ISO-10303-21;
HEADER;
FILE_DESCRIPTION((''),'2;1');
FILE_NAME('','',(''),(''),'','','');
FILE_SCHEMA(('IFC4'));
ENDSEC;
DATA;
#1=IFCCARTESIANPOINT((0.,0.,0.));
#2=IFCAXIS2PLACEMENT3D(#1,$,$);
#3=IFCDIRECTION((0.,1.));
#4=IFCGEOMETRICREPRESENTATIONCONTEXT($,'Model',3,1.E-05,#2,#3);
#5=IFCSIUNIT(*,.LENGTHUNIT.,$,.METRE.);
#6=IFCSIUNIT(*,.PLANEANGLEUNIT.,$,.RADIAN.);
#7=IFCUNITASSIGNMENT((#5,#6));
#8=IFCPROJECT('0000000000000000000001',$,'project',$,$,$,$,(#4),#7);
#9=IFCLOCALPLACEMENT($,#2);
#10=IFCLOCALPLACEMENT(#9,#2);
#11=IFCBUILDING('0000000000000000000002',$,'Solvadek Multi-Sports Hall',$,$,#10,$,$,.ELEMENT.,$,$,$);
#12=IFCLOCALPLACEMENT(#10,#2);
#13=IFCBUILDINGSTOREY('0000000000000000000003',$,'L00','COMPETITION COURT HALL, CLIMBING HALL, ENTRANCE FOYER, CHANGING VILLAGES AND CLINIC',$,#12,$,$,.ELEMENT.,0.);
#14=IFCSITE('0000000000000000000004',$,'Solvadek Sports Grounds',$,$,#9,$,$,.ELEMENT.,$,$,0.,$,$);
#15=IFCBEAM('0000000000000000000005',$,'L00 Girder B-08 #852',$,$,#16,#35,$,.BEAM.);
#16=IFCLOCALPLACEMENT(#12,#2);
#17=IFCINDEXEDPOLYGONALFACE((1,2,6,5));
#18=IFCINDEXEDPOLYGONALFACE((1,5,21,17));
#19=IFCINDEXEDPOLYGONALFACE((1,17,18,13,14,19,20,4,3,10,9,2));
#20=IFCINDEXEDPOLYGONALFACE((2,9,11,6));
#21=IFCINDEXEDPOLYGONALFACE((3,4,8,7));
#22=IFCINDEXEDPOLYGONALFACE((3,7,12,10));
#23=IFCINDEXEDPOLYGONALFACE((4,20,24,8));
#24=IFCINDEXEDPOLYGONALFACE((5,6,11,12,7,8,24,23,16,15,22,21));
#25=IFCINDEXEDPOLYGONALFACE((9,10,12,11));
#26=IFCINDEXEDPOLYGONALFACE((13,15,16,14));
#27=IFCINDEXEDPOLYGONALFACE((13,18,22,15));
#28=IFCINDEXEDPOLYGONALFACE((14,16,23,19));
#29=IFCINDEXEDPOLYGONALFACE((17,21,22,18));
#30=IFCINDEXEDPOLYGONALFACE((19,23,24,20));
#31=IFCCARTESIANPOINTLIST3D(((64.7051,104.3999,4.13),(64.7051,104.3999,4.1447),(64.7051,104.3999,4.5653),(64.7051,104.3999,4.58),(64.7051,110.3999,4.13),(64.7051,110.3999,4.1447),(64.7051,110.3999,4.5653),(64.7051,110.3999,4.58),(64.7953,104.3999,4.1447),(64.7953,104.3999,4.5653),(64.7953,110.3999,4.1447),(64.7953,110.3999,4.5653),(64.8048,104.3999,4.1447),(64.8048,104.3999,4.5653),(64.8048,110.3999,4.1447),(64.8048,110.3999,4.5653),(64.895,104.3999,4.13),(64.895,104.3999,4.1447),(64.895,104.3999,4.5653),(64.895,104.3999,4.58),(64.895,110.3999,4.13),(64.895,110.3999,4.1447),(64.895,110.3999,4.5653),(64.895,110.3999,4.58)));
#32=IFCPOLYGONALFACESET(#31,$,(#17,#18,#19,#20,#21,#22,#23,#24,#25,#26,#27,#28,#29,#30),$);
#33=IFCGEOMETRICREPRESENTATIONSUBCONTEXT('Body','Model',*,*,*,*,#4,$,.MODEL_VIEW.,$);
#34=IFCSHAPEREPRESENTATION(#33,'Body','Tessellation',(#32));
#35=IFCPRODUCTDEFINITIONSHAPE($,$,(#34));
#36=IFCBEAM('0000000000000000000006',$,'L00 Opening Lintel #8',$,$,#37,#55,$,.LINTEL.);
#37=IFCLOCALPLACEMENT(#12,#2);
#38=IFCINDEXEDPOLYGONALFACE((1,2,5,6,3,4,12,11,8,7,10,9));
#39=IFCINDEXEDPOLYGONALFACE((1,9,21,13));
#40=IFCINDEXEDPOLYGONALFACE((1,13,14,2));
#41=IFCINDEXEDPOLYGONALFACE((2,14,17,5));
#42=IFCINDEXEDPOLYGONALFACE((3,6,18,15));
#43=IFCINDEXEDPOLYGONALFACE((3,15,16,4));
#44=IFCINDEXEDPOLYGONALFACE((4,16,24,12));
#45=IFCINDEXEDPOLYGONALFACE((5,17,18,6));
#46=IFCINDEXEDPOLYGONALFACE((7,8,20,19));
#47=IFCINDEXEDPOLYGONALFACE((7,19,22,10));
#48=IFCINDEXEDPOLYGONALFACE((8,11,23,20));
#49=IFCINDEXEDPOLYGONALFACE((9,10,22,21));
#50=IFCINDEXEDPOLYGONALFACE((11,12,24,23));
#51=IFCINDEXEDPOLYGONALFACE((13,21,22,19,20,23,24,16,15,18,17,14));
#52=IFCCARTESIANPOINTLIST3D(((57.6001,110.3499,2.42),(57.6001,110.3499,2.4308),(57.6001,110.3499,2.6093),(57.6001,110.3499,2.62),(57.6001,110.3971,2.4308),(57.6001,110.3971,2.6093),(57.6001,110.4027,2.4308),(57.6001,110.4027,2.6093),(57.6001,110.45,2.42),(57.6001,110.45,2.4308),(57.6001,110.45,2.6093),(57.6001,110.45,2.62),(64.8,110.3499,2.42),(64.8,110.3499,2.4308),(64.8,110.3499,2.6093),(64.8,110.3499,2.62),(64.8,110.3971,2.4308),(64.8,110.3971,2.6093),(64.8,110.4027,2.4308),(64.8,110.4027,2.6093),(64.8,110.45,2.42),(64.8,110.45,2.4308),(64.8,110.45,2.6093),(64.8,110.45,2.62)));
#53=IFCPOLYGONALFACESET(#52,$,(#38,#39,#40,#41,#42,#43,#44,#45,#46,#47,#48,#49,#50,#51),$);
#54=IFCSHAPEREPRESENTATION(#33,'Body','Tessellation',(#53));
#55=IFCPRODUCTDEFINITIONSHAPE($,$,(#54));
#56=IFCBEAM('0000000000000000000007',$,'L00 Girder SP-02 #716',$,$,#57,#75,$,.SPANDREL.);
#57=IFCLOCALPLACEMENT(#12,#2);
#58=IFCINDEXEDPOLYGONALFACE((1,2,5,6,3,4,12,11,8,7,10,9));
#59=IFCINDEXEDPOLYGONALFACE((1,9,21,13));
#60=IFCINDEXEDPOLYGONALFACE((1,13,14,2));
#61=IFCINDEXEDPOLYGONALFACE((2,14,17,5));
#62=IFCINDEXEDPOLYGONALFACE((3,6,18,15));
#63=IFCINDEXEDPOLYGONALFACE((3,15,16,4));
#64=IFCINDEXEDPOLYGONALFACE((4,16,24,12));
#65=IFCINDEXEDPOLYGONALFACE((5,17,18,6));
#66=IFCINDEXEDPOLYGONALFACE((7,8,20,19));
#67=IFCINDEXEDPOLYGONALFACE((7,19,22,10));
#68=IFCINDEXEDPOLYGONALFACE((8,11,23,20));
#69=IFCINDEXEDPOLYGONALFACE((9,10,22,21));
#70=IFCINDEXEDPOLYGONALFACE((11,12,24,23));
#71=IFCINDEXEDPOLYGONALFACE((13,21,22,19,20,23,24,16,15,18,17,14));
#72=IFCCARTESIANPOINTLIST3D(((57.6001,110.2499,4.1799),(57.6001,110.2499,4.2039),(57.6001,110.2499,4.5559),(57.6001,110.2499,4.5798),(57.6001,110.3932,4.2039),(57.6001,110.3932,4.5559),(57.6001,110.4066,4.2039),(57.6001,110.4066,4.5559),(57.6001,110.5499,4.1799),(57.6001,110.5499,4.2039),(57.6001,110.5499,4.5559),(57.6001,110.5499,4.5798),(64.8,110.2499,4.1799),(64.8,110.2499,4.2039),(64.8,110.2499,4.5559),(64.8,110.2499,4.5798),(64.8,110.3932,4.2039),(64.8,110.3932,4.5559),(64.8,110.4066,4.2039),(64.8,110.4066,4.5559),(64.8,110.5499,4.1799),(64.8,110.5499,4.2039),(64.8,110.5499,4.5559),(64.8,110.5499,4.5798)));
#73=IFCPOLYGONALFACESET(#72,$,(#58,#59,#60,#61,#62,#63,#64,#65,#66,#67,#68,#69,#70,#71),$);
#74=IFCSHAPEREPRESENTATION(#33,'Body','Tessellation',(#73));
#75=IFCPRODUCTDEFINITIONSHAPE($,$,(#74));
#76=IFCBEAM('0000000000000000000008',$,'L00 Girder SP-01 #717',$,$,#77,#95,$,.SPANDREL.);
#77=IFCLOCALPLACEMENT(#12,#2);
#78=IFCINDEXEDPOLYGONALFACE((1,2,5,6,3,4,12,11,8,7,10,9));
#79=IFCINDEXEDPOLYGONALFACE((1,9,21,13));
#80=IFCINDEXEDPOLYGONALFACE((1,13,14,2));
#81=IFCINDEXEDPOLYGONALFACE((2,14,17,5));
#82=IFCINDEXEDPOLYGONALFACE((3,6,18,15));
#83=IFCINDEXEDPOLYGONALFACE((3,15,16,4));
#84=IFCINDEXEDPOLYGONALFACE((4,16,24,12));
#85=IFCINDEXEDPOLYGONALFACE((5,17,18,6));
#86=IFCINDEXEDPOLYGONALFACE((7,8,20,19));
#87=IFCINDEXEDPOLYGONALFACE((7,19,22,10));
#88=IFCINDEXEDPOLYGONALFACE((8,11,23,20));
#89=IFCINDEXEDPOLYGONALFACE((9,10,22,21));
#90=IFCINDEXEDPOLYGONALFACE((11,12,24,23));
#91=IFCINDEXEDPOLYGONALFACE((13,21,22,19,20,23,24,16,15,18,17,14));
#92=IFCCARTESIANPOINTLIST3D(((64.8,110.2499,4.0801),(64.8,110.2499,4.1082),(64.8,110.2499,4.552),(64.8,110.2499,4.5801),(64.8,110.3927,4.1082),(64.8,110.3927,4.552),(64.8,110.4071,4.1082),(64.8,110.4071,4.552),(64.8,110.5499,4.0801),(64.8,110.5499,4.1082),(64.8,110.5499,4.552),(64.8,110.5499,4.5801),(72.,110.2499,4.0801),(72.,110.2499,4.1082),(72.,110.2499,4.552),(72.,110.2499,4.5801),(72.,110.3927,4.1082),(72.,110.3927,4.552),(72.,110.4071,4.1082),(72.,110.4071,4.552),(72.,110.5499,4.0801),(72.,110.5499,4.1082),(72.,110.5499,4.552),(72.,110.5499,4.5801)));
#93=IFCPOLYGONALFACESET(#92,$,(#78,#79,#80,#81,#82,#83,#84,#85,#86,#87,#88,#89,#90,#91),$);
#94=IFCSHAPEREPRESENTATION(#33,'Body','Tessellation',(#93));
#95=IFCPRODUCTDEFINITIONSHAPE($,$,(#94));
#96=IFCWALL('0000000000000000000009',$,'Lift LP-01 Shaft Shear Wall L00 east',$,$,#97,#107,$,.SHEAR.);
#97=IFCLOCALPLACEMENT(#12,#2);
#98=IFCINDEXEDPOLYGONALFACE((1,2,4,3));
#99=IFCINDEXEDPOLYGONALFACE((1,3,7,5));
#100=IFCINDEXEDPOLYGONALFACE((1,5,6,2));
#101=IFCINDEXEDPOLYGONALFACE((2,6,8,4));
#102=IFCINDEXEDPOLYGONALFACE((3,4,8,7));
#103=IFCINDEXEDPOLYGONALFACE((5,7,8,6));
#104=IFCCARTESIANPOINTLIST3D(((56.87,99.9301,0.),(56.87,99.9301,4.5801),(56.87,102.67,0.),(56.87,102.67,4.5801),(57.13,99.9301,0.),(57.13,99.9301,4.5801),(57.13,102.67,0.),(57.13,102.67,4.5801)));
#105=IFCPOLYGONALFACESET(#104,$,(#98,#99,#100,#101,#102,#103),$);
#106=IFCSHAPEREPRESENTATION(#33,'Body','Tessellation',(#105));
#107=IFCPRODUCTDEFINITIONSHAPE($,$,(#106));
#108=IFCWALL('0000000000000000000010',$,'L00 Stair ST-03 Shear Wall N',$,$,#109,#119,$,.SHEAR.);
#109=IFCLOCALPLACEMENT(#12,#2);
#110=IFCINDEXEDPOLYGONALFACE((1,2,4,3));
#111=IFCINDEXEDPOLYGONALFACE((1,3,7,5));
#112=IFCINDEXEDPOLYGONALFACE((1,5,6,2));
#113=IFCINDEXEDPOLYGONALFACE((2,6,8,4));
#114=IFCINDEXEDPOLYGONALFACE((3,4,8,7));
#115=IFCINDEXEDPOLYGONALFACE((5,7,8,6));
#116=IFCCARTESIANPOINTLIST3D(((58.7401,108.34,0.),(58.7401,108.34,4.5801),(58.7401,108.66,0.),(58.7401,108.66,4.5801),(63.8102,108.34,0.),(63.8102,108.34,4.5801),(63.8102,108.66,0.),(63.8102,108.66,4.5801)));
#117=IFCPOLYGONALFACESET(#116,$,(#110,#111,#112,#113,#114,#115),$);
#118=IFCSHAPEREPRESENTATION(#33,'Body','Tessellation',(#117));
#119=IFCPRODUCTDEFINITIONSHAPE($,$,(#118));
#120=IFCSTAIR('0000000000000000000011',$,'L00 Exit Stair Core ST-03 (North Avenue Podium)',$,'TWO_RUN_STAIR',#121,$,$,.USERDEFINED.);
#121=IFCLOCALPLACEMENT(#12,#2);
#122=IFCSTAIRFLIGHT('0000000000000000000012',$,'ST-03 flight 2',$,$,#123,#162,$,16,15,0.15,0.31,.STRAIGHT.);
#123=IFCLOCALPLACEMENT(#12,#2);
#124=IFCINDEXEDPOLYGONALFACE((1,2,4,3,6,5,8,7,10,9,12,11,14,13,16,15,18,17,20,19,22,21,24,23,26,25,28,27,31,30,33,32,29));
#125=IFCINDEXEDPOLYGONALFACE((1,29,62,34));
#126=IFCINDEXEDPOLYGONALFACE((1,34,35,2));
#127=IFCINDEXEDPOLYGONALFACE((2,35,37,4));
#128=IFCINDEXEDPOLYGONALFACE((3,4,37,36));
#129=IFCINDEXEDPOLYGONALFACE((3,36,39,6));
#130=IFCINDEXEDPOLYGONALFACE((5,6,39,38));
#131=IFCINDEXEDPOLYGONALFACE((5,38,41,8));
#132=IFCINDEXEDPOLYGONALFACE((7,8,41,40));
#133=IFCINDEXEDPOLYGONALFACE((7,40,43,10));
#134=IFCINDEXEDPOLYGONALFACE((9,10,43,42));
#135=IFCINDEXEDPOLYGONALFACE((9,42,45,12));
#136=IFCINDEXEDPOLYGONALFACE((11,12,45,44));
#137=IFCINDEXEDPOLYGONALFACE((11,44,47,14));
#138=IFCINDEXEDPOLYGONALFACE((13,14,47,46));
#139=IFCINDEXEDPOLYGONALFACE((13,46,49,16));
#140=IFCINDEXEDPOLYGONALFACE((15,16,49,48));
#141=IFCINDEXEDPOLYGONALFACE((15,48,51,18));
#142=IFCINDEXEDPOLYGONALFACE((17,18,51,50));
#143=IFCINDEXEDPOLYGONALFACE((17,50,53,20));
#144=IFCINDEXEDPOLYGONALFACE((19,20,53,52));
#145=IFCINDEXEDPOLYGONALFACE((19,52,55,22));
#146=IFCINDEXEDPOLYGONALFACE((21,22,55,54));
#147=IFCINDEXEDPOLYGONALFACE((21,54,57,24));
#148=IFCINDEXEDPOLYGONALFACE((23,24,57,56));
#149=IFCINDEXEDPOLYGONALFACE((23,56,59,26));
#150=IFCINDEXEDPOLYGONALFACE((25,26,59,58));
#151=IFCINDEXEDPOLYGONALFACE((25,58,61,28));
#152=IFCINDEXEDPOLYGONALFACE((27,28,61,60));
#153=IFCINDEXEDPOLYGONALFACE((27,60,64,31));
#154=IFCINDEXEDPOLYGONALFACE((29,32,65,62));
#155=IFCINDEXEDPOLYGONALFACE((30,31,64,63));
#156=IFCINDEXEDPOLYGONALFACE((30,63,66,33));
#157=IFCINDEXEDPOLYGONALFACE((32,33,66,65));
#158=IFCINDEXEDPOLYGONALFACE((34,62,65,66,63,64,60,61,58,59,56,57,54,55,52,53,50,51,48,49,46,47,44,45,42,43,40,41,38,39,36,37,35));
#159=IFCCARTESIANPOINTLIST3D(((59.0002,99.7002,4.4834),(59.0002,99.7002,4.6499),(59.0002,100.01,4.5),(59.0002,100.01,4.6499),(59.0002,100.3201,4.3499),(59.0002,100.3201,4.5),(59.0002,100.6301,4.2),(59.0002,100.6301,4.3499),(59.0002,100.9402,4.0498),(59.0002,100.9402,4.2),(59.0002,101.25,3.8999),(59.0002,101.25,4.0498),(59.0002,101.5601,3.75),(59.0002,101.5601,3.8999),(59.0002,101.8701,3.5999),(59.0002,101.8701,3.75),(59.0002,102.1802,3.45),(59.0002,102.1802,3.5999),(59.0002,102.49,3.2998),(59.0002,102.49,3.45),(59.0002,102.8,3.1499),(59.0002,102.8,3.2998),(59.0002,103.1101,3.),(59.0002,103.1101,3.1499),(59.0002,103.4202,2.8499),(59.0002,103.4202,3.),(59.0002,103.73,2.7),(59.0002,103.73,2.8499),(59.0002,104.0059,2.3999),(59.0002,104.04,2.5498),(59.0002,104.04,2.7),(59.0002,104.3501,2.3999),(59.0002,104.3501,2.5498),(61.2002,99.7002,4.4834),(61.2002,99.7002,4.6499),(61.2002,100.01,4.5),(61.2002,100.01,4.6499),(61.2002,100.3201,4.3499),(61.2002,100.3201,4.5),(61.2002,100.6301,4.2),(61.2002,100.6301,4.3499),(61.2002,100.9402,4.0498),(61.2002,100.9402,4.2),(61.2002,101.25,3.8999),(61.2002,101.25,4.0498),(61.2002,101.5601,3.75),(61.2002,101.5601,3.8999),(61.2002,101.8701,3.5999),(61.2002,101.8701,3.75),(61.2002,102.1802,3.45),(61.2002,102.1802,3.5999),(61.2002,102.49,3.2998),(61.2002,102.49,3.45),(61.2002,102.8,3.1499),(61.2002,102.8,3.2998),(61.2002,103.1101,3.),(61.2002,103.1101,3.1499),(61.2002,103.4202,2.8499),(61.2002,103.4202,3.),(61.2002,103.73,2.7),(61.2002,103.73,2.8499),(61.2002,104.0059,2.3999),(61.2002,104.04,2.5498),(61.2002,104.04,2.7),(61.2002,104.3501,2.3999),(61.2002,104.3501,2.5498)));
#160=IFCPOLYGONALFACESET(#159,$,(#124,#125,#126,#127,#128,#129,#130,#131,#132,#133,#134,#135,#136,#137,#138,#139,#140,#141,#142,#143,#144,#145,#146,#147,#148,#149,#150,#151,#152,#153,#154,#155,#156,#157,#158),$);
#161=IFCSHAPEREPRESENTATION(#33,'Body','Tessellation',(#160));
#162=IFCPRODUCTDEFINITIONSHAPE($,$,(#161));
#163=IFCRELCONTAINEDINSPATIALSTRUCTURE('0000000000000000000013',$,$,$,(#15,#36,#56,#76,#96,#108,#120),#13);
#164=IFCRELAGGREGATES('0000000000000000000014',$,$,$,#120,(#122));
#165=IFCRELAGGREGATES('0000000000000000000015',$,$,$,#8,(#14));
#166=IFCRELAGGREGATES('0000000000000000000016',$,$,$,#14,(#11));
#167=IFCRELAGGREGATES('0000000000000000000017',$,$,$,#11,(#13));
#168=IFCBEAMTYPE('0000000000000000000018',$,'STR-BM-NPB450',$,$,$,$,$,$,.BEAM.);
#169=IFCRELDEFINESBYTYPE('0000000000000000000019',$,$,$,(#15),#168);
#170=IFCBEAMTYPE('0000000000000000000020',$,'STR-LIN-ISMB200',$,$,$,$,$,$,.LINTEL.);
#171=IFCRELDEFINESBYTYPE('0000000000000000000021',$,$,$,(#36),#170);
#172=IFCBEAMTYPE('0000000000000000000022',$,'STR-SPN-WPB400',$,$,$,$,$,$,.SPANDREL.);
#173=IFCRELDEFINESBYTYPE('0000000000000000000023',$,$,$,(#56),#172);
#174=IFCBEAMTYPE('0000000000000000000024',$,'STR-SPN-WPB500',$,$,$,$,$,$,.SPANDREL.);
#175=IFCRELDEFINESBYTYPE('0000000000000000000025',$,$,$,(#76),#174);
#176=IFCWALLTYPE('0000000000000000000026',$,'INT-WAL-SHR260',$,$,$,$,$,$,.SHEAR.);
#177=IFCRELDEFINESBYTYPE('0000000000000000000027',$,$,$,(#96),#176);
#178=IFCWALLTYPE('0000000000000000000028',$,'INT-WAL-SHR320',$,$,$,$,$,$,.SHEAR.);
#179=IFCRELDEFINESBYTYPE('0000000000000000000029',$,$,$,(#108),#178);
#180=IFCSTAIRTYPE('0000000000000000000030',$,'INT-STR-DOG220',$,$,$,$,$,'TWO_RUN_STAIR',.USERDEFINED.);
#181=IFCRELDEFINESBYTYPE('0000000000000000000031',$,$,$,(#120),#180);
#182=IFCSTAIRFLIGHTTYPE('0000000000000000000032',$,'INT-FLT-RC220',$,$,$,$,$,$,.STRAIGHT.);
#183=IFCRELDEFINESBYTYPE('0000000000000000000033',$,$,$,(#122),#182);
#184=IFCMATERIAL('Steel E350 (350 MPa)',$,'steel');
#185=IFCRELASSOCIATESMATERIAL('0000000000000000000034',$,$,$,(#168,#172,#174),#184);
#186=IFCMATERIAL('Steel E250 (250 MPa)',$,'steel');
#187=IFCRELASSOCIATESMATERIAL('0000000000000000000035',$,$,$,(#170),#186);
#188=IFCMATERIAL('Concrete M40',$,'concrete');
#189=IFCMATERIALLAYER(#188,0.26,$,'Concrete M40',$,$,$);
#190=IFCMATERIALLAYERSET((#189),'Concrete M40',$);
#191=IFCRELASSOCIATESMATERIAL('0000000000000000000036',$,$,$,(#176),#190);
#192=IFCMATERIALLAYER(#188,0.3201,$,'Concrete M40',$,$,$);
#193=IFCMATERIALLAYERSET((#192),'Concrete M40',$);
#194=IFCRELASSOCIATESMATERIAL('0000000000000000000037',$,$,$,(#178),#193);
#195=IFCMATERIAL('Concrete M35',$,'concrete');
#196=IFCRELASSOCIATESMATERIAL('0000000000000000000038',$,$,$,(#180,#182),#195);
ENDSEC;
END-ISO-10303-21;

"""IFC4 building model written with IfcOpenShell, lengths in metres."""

from ifc_helpers import new_model, si_unit, direction, frame, frame_2d, origin, origin_2d, place, context, subcontext, project, spatial, polyline, rectangle, i_section, outline, extrude, material, layer, layer_set, material_profile, profile_set, type_object, element, aggregate, save


model = new_model("IFC4")

# Units and contexts
model_context = context("Model", 3, precision=1e-05, world=origin(), true_north=direction((0.0, 1.0)))
body_context = subcontext(model_context, "Body", "Model", "MODEL_VIEW")
ifc_project = project(units=[si_unit("LENGTHUNIT", "METRE"), si_unit("PLANEANGLEUNIT", "RADIAN")], contexts=[model_context])

# Site, building, storey
site_placement = place(None, origin())
site = spatial("IfcSite", under=ifc_project, at=site_placement, Name="Solvadek Sports Grounds", CompositionType="ELEMENT", RefElevation=0.0)
building_placement = place(site_placement, origin())
building = spatial("IfcBuilding", under=site, at=building_placement, Name="Solvadek Multi-Sports Hall", CompositionType="ELEMENT")
storey_placement = place(building_placement, origin())
storey = spatial("IfcBuildingStorey", under=building, at=storey_placement, Name="L00", Description="COMPETITION COURT HALL, CLIMBING HALL, ENTRANCE FOYER, CHANGING VILLAGES AND CLINIC", CompositionType="ELEMENT", Elevation=0.0)

# Shared definitions
ifc_material_1 = material(Name="Steel E350 (350 MPa)", Category="steel")

# Beams
ifc_material_profile_1 = material_profile(ifc_material_1, i_section(OverallWidth=0.1899, OverallDepth=0.45, WebThickness=0.0095, FlangeThickness=0.0146, at=origin_2d()), Name="NPB 450")
ifc_profile_set_1 = profile_set([ifc_material_profile_1], Name="Steel E350 (350 MPa)")
beam_type_1 = type_object("IfcBeamType", Name="STR-BM-NPB450", PredefinedType="BEAM", material=ifc_profile_set_1)
for number, where, z_axis, x_axis, name in (
    (1, (64.8, 104.3999, 4.355), (0.0, 1.0, 0.0), (-1.0, 0.0, 0.0), "L00 Girder B-08 #852"),
):
    element("IfcBeam", number, at=place(storey_placement, frame(where, z_axis=z_axis, x_axis=x_axis)), inside=storey, type_object=beam_type_1, Name=name, PredefinedType="BEAM", context=body_context, shape_type="SweptSolid", body=[
        extrude(i_section(OverallWidth=0.1899, OverallDepth=0.45, WebThickness=0.0095, FlangeThickness=0.0146, at=origin_2d()), origin(), (0.0, 0.0, 1.0), 6.0),
    ])
ifc_material_2 = material(Name="Steel E250 (250 MPa)", Category="steel")
ifc_material_profile_2 = material_profile(ifc_material_2, i_section(OverallWidth=0.1001, OverallDepth=0.2, WebThickness=0.0056, FlangeThickness=0.0107, at=origin_2d()), Name="ISMB 200")
ifc_profile_set_2 = profile_set([ifc_material_profile_2], Name="Steel E250 (250 MPa)")
beam_type_2 = type_object("IfcBeamType", Name="STR-LIN-ISMB200", PredefinedType="LINTEL", material=ifc_profile_set_2)
beam_1_placement = place(storey_placement, frame((57.6001, 110.3999, 2.52), z_axis=(1.0, 0.0, 0.0), x_axis=(0.0, 1.0, 0.0)))
element("IfcBeam", 2, at=beam_1_placement, inside=storey, type_object=beam_type_2, Name="L00 Opening Lintel #8", PredefinedType="LINTEL", context=body_context, shape_type="SweptSolid", body=[
    extrude(i_section(OverallWidth=0.1001, OverallDepth=0.2, WebThickness=0.0056, FlangeThickness=0.0107, at=origin_2d()), origin(), (0.0, 0.0, 1.0), 7.2),
])
ifc_material_profile_3 = material_profile(ifc_material_1, i_section(OverallWidth=0.3, OverallDepth=0.3999, WebThickness=0.0134, FlangeThickness=0.0239, at=origin_2d()), Name="WPB 400")
ifc_profile_set_3 = profile_set([ifc_material_profile_3], Name="Steel E350 (350 MPa)")
beam_type_3 = type_object("IfcBeamType", Name="STR-SPN-WPB400", PredefinedType="SPANDREL", material=ifc_profile_set_3)
beam_2_placement = place(storey_placement, frame((57.6001, 110.3999, 4.3799), z_axis=(1.0, 0.0, 0.0), x_axis=(0.0, 1.0, 0.0)))
element("IfcBeam", 3, at=beam_2_placement, inside=storey, type_object=beam_type_3, Name="L00 Girder SP-02 #716", PredefinedType="SPANDREL", context=body_context, shape_type="SweptSolid", body=[
    extrude(i_section(OverallWidth=0.3, OverallDepth=0.3999, WebThickness=0.0134, FlangeThickness=0.0239, at=origin_2d()), origin(), (0.0, 0.0, 1.0), 7.2),
])
ifc_material_profile_4 = material_profile(ifc_material_1, i_section(OverallWidth=0.3, OverallDepth=0.5, WebThickness=0.0144, FlangeThickness=0.0281, at=origin_2d()), Name="WPB 500")
ifc_profile_set_4 = profile_set([ifc_material_profile_4], Name="Steel E350 (350 MPa)")
beam_type_4 = type_object("IfcBeamType", Name="STR-SPN-WPB500", PredefinedType="SPANDREL", material=ifc_profile_set_4)
beam_3_placement = place(storey_placement, frame((64.8, 110.3999, 4.3301), z_axis=(1.0, 0.0, 0.0), x_axis=(0.0, 1.0, 0.0)))
element("IfcBeam", 4, at=beam_3_placement, inside=storey, type_object=beam_type_4, Name="L00 Girder SP-01 #717", PredefinedType="SPANDREL", context=body_context, shape_type="SweptSolid", body=[
    extrude(i_section(OverallWidth=0.3, OverallDepth=0.5, WebThickness=0.0144, FlangeThickness=0.0281, at=origin_2d()), origin(), (0.0, 0.0, 1.0), 7.2),
])

# Walls
ifc_material_3 = material(Name="Concrete M40", Category="concrete")
ifc_layer_1 = layer(ifc_material_3, 0.26, Name="Concrete M40")
ifc_layer_set_1 = layer_set([ifc_layer_1], Name="Concrete M40")
wall_type_1 = type_object("IfcWallType", Name="INT-WAL-SHR260", PredefinedType="SHEAR", material=ifc_layer_set_1)
wall_1_placement = place(storey_placement, frame((57.0, 99.9299, 0.0), z_axis=(0.0, 0.0, 1.0), x_axis=(0.0, 1.0, 0.0)))
element("IfcWall", 5, at=wall_1_placement, inside=storey, type_object=wall_type_1, Name="Lift LP-01 Shaft Shear Wall L00 east", PredefinedType="SHEAR", context=body_context, shape_type="SweptSolid", body=[
    extrude(rectangle(XDim=2.74, YDim=0.26, at=frame_2d((1.3701, 0.0))), origin(), (0.0, 0.0, 1.0), 4.5801),
])
ifc_layer_2 = layer(ifc_material_3, 0.3201, Name="Concrete M40")
ifc_layer_set_2 = layer_set([ifc_layer_2], Name="Concrete M40")
wall_type_2 = type_object("IfcWallType", Name="INT-WAL-SHR320", PredefinedType="SHEAR", material=ifc_layer_set_2)
wall_2_placement = place(storey_placement, frame((58.74, 108.5, 0.0), z_axis=(0.0, 0.0, 1.0), x_axis=(1.0, 0.0, 0.0)))
element("IfcWall", 6, at=wall_2_placement, inside=storey, type_object=wall_type_2, Name="L00 Stair ST-03 Shear Wall N", PredefinedType="SHEAR", context=body_context, shape_type="SweptSolid", body=[
    extrude(rectangle(XDim=5.0701, YDim=0.3201, at=frame_2d((2.5352, 0.0))), origin(), (0.0, 0.0, 1.0), 4.5801),
])

# Stair, stair flight
ifc_material_4 = material(Name="Concrete M35", Category="concrete")
stair_type = type_object("IfcStairType", Name="INT-STR-DOG220", ElementType="TWO_RUN_STAIR", PredefinedType="USERDEFINED", material=ifc_material_4)
stair_placement = place(storey_placement, origin())
stair = element("IfcStair", 7, at=stair_placement, inside=storey, type_object=stair_type, Name="L00 Exit Stair Core ST-03 (North Avenue Podium)", ObjectType="TWO_RUN_STAIR", PredefinedType="USERDEFINED")
stair_flight_type = type_object("IfcStairFlightType", Name="INT-FLT-RC220", PredefinedType="STRAIGHT", material=ifc_material_4)
stair_flight_placement = place(storey_placement, frame((60.1001, 104.3501, 2.3999), z_axis=(0.0, 0.0, 1.0), x_axis=(0.0, -1.0, 0.0)))
stair_flight = element("IfcStairFlight", 8, at=stair_flight_placement, type_object=stair_flight_type, Name="ST-03 flight 2", NumberOfRisers=16, NumberOfTreads=15, PredefinedType="STRAIGHT", RiserHeight=0.15, TreadLength=0.31, context=body_context, shape_type="SweptSolid", body=[
    extrude(outline(polyline([(0.0, 0.0), (0.0, 0.1499), (0.3101, 0.1499), (0.3101, 0.3), (0.6201, 0.3), (0.6201, 0.45), (0.9299, 0.45), (0.9299, 0.6001), (1.24, 0.6001), (1.24, 0.75), (1.55, 0.75), (1.55, 0.8999), (1.8601, 0.8999), (1.8601, 1.05), (2.1699, 1.05), (2.1699, 1.2), (2.48, 1.2), (2.48, 1.3501), (2.79, 1.3501), (2.79, 1.5), (3.1001, 1.5), (3.1001, 1.6499), (3.4099, 1.6499), (3.4099, 1.8), (3.72, 1.8), (3.72, 1.95), (4.03, 1.95), (4.03, 2.1001), (4.3401, 2.1001), (4.3401, 2.25), (4.6499, 2.25), (4.6499, 2.3999), (4.6499, 2.0835), (0.3442, 0.0), (0.0, 0.0)])), frame((0.0, 1.1001, 0.0), z_axis=(0.0, -1.0, 0.0), x_axis=(1.0, 0.0, 0.0)), (0.0, 0.0, 1.0), 2.2),
])
aggregate(stair, [stair_flight])

save(model, "model.ifc")
